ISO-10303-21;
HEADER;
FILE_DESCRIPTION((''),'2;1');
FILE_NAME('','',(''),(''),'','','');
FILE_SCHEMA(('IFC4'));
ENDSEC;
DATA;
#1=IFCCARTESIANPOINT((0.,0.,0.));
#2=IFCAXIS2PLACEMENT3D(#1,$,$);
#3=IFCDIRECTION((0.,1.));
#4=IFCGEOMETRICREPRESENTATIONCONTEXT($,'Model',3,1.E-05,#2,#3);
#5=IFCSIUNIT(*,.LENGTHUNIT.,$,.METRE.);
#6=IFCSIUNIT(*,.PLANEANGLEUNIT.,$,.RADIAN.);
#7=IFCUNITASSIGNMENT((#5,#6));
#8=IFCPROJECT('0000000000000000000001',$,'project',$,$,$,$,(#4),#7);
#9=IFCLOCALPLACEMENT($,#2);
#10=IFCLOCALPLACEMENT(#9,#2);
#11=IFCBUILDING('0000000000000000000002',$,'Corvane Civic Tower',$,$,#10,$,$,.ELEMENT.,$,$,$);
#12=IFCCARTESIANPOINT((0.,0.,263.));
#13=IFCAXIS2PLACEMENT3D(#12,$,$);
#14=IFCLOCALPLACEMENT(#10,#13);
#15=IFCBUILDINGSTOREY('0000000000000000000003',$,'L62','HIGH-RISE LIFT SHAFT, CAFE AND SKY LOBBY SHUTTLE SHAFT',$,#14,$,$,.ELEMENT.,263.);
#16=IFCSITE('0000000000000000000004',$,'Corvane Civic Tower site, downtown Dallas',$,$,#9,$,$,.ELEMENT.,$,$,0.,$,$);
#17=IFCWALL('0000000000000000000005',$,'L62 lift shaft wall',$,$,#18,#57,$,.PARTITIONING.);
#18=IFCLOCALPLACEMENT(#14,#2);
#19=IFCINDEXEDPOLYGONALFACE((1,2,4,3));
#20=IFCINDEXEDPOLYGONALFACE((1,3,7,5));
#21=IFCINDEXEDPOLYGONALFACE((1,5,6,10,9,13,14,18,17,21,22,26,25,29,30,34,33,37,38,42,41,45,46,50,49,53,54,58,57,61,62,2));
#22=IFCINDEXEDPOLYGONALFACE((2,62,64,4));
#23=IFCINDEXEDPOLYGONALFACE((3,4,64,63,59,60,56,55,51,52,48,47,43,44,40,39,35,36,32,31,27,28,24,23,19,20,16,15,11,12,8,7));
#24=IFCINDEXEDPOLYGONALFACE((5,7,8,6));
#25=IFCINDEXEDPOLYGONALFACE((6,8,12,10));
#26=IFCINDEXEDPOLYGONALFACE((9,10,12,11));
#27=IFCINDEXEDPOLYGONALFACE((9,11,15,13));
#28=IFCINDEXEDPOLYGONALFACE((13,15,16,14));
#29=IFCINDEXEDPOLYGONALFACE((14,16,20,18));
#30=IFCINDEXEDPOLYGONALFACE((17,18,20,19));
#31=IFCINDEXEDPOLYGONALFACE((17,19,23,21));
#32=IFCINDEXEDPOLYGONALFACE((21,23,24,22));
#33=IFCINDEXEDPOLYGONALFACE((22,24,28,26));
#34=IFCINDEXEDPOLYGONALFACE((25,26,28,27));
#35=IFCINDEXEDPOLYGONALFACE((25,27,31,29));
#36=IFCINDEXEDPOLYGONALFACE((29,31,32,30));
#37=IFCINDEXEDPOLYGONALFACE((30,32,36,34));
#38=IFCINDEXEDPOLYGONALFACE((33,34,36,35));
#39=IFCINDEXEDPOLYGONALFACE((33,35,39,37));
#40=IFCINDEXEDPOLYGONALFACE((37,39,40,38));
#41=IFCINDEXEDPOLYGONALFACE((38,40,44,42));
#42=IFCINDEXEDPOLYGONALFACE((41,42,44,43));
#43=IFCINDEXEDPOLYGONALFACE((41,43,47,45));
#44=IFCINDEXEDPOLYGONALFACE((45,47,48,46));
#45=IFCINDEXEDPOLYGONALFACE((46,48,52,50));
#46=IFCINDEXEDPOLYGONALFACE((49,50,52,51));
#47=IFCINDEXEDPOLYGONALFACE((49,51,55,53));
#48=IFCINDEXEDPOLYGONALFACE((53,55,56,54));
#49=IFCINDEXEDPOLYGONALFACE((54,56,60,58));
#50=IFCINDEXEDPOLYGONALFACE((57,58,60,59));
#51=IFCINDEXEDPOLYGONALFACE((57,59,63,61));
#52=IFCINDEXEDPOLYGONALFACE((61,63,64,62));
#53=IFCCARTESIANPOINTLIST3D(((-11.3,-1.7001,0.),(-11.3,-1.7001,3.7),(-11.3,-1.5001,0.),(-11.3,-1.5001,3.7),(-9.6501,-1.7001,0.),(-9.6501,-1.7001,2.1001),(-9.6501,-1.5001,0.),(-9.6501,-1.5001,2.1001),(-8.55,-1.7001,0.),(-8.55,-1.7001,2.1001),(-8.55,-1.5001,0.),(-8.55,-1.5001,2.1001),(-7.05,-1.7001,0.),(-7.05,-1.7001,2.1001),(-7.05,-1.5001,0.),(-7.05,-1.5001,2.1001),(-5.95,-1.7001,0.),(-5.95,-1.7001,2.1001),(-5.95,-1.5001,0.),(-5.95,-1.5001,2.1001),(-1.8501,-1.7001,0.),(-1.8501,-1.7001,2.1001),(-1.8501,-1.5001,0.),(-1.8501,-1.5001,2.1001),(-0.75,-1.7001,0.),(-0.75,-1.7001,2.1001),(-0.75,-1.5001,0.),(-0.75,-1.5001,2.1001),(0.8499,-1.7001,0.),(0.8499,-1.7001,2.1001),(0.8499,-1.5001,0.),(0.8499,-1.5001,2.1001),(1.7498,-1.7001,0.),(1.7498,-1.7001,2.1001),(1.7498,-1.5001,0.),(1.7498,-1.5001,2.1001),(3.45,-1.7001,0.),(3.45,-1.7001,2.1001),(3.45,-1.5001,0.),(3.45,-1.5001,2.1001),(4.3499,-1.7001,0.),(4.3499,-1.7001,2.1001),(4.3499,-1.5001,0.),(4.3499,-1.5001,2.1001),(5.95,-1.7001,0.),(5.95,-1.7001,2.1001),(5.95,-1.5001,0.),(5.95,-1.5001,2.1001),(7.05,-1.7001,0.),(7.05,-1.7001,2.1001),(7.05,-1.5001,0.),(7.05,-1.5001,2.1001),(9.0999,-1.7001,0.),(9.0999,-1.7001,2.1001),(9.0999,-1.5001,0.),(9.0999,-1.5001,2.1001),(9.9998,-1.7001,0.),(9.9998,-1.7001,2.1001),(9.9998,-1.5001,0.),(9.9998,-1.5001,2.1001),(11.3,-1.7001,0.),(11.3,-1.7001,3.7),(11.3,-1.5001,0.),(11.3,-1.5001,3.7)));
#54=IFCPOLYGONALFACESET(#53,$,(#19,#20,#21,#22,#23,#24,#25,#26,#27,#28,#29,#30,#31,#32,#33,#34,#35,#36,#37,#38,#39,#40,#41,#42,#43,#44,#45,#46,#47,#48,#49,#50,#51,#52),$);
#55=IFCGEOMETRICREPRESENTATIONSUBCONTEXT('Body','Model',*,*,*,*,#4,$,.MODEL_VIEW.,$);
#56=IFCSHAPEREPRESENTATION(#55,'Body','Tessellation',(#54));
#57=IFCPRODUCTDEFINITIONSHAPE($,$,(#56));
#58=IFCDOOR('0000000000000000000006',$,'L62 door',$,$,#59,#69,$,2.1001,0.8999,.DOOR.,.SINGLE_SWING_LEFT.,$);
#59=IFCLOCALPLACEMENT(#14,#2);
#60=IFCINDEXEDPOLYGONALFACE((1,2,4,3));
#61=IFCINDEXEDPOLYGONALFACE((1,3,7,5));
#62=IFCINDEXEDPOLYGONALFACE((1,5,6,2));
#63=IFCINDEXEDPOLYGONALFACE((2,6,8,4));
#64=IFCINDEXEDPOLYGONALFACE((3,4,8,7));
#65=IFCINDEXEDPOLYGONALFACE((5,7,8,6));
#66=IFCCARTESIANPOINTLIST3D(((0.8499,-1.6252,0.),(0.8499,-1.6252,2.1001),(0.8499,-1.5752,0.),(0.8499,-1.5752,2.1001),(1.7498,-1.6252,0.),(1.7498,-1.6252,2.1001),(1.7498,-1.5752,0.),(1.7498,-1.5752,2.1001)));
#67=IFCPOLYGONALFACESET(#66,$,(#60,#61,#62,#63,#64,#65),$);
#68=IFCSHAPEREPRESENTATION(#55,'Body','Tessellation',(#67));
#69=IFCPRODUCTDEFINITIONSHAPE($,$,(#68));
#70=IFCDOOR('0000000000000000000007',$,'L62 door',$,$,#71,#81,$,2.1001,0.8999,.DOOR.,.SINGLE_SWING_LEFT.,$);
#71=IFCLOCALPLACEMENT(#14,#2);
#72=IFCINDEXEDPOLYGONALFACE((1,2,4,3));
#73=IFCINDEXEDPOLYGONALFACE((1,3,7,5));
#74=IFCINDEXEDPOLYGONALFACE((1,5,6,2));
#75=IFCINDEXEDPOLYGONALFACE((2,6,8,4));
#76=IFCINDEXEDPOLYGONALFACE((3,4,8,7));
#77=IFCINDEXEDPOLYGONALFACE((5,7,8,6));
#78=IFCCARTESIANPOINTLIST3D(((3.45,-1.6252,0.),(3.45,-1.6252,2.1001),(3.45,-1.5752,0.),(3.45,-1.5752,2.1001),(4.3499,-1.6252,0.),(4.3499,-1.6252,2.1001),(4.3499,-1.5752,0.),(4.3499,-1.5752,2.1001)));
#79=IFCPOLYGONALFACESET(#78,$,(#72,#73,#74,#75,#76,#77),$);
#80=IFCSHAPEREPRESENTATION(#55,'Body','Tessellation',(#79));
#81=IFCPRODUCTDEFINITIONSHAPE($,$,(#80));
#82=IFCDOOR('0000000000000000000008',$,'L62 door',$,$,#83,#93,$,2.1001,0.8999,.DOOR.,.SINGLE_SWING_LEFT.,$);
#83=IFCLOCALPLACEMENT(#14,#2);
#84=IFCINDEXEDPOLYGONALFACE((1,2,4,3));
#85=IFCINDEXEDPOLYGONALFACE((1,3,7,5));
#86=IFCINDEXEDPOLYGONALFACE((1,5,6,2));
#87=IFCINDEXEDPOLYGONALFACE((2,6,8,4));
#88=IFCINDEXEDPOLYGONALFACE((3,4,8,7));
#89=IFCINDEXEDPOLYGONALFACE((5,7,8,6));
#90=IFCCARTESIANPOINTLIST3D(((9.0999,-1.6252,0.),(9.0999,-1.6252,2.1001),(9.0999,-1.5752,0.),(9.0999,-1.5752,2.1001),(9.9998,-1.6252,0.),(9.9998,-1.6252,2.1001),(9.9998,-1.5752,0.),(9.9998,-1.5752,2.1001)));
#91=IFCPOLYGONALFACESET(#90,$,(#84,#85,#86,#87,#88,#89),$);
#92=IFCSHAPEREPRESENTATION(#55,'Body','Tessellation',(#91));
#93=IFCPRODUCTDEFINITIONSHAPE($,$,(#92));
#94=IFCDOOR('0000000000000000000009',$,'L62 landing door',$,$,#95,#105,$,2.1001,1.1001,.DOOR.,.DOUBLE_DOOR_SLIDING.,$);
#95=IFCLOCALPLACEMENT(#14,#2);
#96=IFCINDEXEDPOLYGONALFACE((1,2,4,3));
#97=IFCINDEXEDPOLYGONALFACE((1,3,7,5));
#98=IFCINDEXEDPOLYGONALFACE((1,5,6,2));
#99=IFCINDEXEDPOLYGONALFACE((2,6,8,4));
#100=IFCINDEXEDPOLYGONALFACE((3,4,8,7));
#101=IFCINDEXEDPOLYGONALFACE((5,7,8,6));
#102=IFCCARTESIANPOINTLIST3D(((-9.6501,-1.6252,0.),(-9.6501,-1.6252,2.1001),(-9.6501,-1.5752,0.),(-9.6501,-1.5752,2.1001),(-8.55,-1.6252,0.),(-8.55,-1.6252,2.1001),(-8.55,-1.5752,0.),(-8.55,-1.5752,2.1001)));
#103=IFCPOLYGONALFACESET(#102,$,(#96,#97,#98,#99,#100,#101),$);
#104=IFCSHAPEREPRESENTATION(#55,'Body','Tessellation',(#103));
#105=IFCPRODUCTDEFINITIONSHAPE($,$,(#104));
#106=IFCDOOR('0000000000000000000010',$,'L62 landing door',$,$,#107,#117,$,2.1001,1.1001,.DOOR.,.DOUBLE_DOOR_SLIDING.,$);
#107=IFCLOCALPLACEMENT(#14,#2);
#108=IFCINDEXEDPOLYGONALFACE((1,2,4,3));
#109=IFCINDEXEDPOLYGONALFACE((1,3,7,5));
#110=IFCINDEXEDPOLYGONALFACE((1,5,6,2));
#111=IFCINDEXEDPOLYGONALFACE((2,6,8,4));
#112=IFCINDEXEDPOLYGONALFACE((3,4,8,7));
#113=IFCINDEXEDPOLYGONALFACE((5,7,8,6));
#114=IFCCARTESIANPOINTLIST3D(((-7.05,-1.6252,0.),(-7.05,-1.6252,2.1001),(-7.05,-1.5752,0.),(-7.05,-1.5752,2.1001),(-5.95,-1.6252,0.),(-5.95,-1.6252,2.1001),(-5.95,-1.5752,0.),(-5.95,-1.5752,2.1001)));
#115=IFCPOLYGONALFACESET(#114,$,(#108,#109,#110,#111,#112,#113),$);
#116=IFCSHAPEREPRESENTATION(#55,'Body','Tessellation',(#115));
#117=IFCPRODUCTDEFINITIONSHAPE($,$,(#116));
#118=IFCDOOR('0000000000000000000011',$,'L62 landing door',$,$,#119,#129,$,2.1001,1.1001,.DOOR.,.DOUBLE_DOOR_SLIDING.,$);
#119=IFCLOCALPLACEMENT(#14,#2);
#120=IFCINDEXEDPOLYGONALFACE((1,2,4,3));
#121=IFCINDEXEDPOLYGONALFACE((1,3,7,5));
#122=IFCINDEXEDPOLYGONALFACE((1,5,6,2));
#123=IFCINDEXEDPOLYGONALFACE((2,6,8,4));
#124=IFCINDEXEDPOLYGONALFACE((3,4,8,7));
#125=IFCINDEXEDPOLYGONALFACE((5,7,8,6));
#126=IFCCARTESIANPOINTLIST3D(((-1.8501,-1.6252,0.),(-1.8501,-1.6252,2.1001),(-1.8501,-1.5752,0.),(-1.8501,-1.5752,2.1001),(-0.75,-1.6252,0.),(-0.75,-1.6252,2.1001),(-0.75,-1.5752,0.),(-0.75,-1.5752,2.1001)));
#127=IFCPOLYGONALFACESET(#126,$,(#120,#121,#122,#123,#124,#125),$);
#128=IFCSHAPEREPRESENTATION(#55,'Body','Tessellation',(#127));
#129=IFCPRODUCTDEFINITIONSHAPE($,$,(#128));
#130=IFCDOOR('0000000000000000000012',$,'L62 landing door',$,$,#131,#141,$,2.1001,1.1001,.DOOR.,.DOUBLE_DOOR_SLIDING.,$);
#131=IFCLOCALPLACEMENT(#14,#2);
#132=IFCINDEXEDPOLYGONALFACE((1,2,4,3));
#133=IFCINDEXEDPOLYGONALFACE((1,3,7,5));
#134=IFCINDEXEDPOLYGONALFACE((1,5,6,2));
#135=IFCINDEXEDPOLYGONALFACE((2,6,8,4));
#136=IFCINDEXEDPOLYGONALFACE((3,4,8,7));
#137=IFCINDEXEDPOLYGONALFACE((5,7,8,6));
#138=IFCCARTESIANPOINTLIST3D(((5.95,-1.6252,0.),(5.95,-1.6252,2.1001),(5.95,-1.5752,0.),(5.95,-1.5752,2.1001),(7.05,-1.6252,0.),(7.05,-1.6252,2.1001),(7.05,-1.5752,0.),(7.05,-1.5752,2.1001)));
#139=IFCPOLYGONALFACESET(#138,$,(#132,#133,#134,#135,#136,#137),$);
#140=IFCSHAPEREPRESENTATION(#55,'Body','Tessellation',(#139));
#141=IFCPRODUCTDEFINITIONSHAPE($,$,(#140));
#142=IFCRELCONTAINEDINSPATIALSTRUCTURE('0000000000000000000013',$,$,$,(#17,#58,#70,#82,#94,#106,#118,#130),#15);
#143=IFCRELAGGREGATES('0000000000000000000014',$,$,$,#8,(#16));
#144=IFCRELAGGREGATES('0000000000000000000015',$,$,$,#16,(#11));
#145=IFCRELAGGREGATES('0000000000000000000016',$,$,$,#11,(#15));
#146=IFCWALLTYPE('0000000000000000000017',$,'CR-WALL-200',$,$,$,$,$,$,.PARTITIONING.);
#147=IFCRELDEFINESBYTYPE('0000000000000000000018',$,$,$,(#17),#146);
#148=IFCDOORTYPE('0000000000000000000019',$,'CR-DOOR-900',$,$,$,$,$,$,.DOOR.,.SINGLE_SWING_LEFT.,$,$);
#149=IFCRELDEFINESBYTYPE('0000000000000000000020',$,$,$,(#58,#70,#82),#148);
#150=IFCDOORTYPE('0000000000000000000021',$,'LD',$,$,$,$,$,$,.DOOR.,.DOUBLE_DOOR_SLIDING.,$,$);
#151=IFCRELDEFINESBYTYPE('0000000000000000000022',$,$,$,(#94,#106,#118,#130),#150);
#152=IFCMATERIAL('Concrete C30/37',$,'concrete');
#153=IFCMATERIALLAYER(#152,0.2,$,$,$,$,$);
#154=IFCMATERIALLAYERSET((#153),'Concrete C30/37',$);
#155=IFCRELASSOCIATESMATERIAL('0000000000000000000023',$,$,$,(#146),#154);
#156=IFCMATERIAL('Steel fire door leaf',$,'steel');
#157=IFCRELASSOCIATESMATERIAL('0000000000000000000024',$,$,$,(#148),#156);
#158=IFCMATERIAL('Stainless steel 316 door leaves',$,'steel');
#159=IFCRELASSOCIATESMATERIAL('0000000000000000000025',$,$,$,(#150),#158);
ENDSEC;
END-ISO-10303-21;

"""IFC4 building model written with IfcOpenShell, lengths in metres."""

from ifc_helpers import new_model, si_unit, direction, frame, frame_2d, origin, place, context, subcontext, project, spatial, rectangle, extrude, material, layer, layer_set, type_object, element, fill, save


model = new_model("IFC4")

# Units and contexts
model_context = context("Model", 3, precision=1e-05, world=origin(), true_north=direction((0.0, 1.0)))
body_context = subcontext(model_context, "Body", "Model", "MODEL_VIEW")
ifc_project = project(units=[si_unit("LENGTHUNIT", "METRE"), si_unit("PLANEANGLEUNIT", "RADIAN")], contexts=[model_context])

# Site, building, storey
site_placement = place(None, origin())
site = spatial("IfcSite", under=ifc_project, at=site_placement, Name="Corvane Civic Tower site, downtown Dallas", CompositionType="ELEMENT", RefElevation=0.0)
building_placement = place(site_placement, origin())
building = spatial("IfcBuilding", under=site, at=building_placement, Name="Corvane Civic Tower", CompositionType="ELEMENT")
storey_placement = place(building_placement, frame((0.0, 0.0, 263.0)))
storey = spatial("IfcBuildingStorey", under=building, at=storey_placement, Name="L62", Description="HIGH-RISE LIFT SHAFT, CAFE AND SKY LOBBY SHUTTLE SHAFT", CompositionType="ELEMENT", Elevation=263.0)

# Wall, openings, doors
ifc_material_1 = material(Name="Concrete C30/37", Category="concrete")
ifc_layer_1 = layer(ifc_material_1, 0.2)
ifc_layer_set_1 = layer_set([ifc_layer_1], Name="Concrete C30/37")
wall_type_1 = type_object("IfcWallType", Name="CR-WALL-200", PredefinedType="PARTITIONING", material=ifc_layer_set_1)
wall_1_placement = place(storey_placement, frame((-11.3, -1.6001, 0.0), z_axis=(0.0, 0.0, 1.0), x_axis=(1.0, 0.0, 0.0)))
wall_1 = element("IfcWall", 1, at=wall_1_placement, inside=storey, type_object=wall_type_1, Name="L62 lift shaft wall", PredefinedType="PARTITIONING", context=body_context, shape_type="SweptSolid", body=[
    extrude(rectangle(XDim=22.6001, YDim=0.2, at=frame_2d((11.3, 0.0))), origin(), (0.0, 0.0, 1.0), 3.7),
])
opening_1_placement = place(wall_1_placement, frame((1.6499, 0.0, 0.0)))
opening_1 = element("IfcOpeningElement", 2, at=opening_1_placement, cuts=wall_1, PredefinedType="OPENING", context=body_context, shape_type="SweptSolid", body=[
    extrude(rectangle(XDim=1.1001, YDim=2.1001, at=frame_2d((0.55, 1.05))), frame((0.0, 0.1099, 0.0), z_axis=(0.0, -1.0, 0.0), x_axis=(1.0, 0.0, 0.0)), (0.0, 0.0, 1.0), 0.22),
])
opening_2_placement = place(wall_1_placement, frame((4.25, 0.0, 0.0)))
opening_2 = element("IfcOpeningElement", 3, at=opening_2_placement, cuts=wall_1, PredefinedType="OPENING", context=body_context, shape_type="SweptSolid", body=[
    extrude(rectangle(XDim=1.1001, YDim=2.1001, at=frame_2d((0.55, 1.05))), frame((0.0, 0.1099, 0.0), z_axis=(0.0, -1.0, 0.0), x_axis=(1.0, 0.0, 0.0)), (0.0, 0.0, 1.0), 0.22),
])
opening_3_placement = place(wall_1_placement, frame((9.45, 0.0, 0.0)))
opening_3 = element("IfcOpeningElement", 4, at=opening_3_placement, cuts=wall_1, PredefinedType="OPENING", context=body_context, shape_type="SweptSolid", body=[
    extrude(rectangle(XDim=1.1001, YDim=2.1001, at=frame_2d((0.55, 1.05))), frame((0.0, 0.1099, 0.0), z_axis=(0.0, -1.0, 0.0), x_axis=(1.0, 0.0, 0.0)), (0.0, 0.0, 1.0), 0.22),
])
opening_4_placement = place(wall_1_placement, frame((12.1499, 0.0, 0.0)))
opening_4 = element("IfcOpeningElement", 5, at=opening_4_placement, cuts=wall_1, PredefinedType="OPENING", context=body_context, shape_type="SweptSolid", body=[
    extrude(rectangle(XDim=0.8999, YDim=2.1001, at=frame_2d((0.45, 1.05))), frame((0.0, 0.1099, 0.0), z_axis=(0.0, -1.0, 0.0), x_axis=(1.0, 0.0, 0.0)), (0.0, 0.0, 1.0), 0.22),
])
opening_5_placement = place(wall_1_placement, frame((17.25, 0.0, 0.0)))
opening_5 = element("IfcOpeningElement", 6, at=opening_5_placement, cuts=wall_1, PredefinedType="OPENING", context=body_context, shape_type="SweptSolid", body=[
    extrude(rectangle(XDim=1.1001, YDim=2.1001, at=frame_2d((0.55, 1.05))), frame((0.0, 0.1099, 0.0), z_axis=(0.0, -1.0, 0.0), x_axis=(1.0, 0.0, 0.0)), (0.0, 0.0, 1.0), 0.22),
])
opening_6_placement = place(wall_1_placement, frame((14.75, 0.0, 0.0)))
opening_6 = element("IfcOpeningElement", 7, at=opening_6_placement, cuts=wall_1, PredefinedType="OPENING", context=body_context, shape_type="SweptSolid", body=[
    extrude(rectangle(XDim=0.8999, YDim=2.1001, at=frame_2d((0.45, 1.05))), frame((0.0, 0.1099, 0.0), z_axis=(0.0, -1.0, 0.0), x_axis=(1.0, 0.0, 0.0)), (0.0, 0.0, 1.0), 0.22),
])
opening_7_placement = place(wall_1_placement, frame((20.3999, 0.0, 0.0)))
opening_7 = element("IfcOpeningElement", 8, at=opening_7_placement, cuts=wall_1, PredefinedType="OPENING", context=body_context, shape_type="SweptSolid", body=[
    extrude(rectangle(XDim=0.8999, YDim=2.1001, at=frame_2d((0.45, 1.05))), frame((0.0, 0.1099, 0.0), z_axis=(0.0, -1.0, 0.0), x_axis=(1.0, 0.0, 0.0)), (0.0, 0.0, 1.0), 0.22),
])
ifc_material_2 = material(Name="Steel fire door leaf", Category="steel")
door_type_1 = type_object("IfcDoorType", Name="CR-DOOR-900", OperationType="SINGLE_SWING_LEFT", PredefinedType="DOOR", material=ifc_material_2)
door_1_placement = place(opening_4_placement, origin())
door_1 = element("IfcDoor", 9, at=door_1_placement, inside=storey, type_object=door_type_1, Name="L62 door", OperationType="SINGLE_SWING_LEFT", OverallHeight=2.1001, OverallWidth=0.8999, PredefinedType="DOOR", context=body_context, shape_type="SweptSolid", body=[
    extrude(rectangle(XDim=0.8999, YDim=2.1001, at=frame_2d((0.45, 1.05))), frame((0.0, 0.0249, 0.0), z_axis=(0.0, -1.0, 0.0), x_axis=(1.0, 0.0, 0.0)), (0.0, 0.0, 1.0), 0.05),
])
fill(opening_4, door_1)
door_2_placement = place(opening_6_placement, origin())
door_2 = element("IfcDoor", 10, at=door_2_placement, inside=storey, type_object=door_type_1, Name="L62 door", OperationType="SINGLE_SWING_LEFT", OverallHeight=2.1001, OverallWidth=0.8999, PredefinedType="DOOR", context=body_context, shape_type="SweptSolid", body=[
    extrude(rectangle(XDim=0.8999, YDim=2.1001, at=frame_2d((0.45, 1.05))), frame((0.0, 0.0249, 0.0), z_axis=(0.0, -1.0, 0.0), x_axis=(1.0, 0.0, 0.0)), (0.0, 0.0, 1.0), 0.05),
])
fill(opening_6, door_2)
door_3_placement = place(opening_7_placement, origin())
door_3 = element("IfcDoor", 11, at=door_3_placement, inside=storey, type_object=door_type_1, Name="L62 door", OperationType="SINGLE_SWING_LEFT", OverallHeight=2.1001, OverallWidth=0.8999, PredefinedType="DOOR", context=body_context, shape_type="SweptSolid", body=[
    extrude(rectangle(XDim=0.8999, YDim=2.1001, at=frame_2d((0.45, 1.05))), frame((0.0, 0.0249, 0.0), z_axis=(0.0, -1.0, 0.0), x_axis=(1.0, 0.0, 0.0)), (0.0, 0.0, 1.0), 0.05),
])
fill(opening_7, door_3)
ifc_material_3 = material(Name="Stainless steel 316 door leaves", Category="steel")
door_type_2 = type_object("IfcDoorType", Name="LD", OperationType="DOUBLE_DOOR_SLIDING", PredefinedType="DOOR", material=ifc_material_3)
door_4_placement = place(opening_1_placement, origin())
door_4 = element("IfcDoor", 12, at=door_4_placement, inside=storey, type_object=door_type_2, Name="L62 landing door", OperationType="DOUBLE_DOOR_SLIDING", OverallHeight=2.1001, OverallWidth=1.1001, PredefinedType="DOOR", context=body_context, shape_type="SweptSolid", body=[
    extrude(rectangle(XDim=1.1001, YDim=2.1001, at=frame_2d((0.55, 1.05))), frame((0.0, 0.0249, 0.0), z_axis=(0.0, -1.0, 0.0), x_axis=(1.0, 0.0, 0.0)), (0.0, 0.0, 1.0), 0.05),
])
fill(opening_1, door_4)
door_5_placement = place(opening_2_placement, origin())
door_5 = element("IfcDoor", 13, at=door_5_placement, inside=storey, type_object=door_type_2, Name="L62 landing door", OperationType="DOUBLE_DOOR_SLIDING", OverallHeight=2.1001, OverallWidth=1.1001, PredefinedType="DOOR", context=body_context, shape_type="SweptSolid", body=[
    extrude(rectangle(XDim=1.1001, YDim=2.1001, at=frame_2d((0.55, 1.05))), frame((0.0, 0.0249, 0.0), z_axis=(0.0, -1.0, 0.0), x_axis=(1.0, 0.0, 0.0)), (0.0, 0.0, 1.0), 0.05),
])
fill(opening_2, door_5)
door_6_placement = place(opening_3_placement, origin())
door_6 = element("IfcDoor", 14, at=door_6_placement, inside=storey, type_object=door_type_2, Name="L62 landing door", OperationType="DOUBLE_DOOR_SLIDING", OverallHeight=2.1001, OverallWidth=1.1001, PredefinedType="DOOR", context=body_context, shape_type="SweptSolid", body=[
    extrude(rectangle(XDim=1.1001, YDim=2.1001, at=frame_2d((0.55, 1.05))), frame((0.0, 0.0249, 0.0), z_axis=(0.0, -1.0, 0.0), x_axis=(1.0, 0.0, 0.0)), (0.0, 0.0, 1.0), 0.05),
])
fill(opening_3, door_6)
door_7_placement = place(opening_5_placement, origin())
door_7 = element("IfcDoor", 15, at=door_7_placement, inside=storey, type_object=door_type_2, Name="L62 landing door", OperationType="DOUBLE_DOOR_SLIDING", OverallHeight=2.1001, OverallWidth=1.1001, PredefinedType="DOOR", context=body_context, shape_type="SweptSolid", body=[
    extrude(rectangle(XDim=1.1001, YDim=2.1001, at=frame_2d((0.55, 1.05))), frame((0.0, 0.0249, 0.0), z_axis=(0.0, -1.0, 0.0), x_axis=(1.0, 0.0, 0.0)), (0.0, 0.0, 1.0), 0.05),
])
fill(opening_5, door_7)

save(model, "model.ifc")
